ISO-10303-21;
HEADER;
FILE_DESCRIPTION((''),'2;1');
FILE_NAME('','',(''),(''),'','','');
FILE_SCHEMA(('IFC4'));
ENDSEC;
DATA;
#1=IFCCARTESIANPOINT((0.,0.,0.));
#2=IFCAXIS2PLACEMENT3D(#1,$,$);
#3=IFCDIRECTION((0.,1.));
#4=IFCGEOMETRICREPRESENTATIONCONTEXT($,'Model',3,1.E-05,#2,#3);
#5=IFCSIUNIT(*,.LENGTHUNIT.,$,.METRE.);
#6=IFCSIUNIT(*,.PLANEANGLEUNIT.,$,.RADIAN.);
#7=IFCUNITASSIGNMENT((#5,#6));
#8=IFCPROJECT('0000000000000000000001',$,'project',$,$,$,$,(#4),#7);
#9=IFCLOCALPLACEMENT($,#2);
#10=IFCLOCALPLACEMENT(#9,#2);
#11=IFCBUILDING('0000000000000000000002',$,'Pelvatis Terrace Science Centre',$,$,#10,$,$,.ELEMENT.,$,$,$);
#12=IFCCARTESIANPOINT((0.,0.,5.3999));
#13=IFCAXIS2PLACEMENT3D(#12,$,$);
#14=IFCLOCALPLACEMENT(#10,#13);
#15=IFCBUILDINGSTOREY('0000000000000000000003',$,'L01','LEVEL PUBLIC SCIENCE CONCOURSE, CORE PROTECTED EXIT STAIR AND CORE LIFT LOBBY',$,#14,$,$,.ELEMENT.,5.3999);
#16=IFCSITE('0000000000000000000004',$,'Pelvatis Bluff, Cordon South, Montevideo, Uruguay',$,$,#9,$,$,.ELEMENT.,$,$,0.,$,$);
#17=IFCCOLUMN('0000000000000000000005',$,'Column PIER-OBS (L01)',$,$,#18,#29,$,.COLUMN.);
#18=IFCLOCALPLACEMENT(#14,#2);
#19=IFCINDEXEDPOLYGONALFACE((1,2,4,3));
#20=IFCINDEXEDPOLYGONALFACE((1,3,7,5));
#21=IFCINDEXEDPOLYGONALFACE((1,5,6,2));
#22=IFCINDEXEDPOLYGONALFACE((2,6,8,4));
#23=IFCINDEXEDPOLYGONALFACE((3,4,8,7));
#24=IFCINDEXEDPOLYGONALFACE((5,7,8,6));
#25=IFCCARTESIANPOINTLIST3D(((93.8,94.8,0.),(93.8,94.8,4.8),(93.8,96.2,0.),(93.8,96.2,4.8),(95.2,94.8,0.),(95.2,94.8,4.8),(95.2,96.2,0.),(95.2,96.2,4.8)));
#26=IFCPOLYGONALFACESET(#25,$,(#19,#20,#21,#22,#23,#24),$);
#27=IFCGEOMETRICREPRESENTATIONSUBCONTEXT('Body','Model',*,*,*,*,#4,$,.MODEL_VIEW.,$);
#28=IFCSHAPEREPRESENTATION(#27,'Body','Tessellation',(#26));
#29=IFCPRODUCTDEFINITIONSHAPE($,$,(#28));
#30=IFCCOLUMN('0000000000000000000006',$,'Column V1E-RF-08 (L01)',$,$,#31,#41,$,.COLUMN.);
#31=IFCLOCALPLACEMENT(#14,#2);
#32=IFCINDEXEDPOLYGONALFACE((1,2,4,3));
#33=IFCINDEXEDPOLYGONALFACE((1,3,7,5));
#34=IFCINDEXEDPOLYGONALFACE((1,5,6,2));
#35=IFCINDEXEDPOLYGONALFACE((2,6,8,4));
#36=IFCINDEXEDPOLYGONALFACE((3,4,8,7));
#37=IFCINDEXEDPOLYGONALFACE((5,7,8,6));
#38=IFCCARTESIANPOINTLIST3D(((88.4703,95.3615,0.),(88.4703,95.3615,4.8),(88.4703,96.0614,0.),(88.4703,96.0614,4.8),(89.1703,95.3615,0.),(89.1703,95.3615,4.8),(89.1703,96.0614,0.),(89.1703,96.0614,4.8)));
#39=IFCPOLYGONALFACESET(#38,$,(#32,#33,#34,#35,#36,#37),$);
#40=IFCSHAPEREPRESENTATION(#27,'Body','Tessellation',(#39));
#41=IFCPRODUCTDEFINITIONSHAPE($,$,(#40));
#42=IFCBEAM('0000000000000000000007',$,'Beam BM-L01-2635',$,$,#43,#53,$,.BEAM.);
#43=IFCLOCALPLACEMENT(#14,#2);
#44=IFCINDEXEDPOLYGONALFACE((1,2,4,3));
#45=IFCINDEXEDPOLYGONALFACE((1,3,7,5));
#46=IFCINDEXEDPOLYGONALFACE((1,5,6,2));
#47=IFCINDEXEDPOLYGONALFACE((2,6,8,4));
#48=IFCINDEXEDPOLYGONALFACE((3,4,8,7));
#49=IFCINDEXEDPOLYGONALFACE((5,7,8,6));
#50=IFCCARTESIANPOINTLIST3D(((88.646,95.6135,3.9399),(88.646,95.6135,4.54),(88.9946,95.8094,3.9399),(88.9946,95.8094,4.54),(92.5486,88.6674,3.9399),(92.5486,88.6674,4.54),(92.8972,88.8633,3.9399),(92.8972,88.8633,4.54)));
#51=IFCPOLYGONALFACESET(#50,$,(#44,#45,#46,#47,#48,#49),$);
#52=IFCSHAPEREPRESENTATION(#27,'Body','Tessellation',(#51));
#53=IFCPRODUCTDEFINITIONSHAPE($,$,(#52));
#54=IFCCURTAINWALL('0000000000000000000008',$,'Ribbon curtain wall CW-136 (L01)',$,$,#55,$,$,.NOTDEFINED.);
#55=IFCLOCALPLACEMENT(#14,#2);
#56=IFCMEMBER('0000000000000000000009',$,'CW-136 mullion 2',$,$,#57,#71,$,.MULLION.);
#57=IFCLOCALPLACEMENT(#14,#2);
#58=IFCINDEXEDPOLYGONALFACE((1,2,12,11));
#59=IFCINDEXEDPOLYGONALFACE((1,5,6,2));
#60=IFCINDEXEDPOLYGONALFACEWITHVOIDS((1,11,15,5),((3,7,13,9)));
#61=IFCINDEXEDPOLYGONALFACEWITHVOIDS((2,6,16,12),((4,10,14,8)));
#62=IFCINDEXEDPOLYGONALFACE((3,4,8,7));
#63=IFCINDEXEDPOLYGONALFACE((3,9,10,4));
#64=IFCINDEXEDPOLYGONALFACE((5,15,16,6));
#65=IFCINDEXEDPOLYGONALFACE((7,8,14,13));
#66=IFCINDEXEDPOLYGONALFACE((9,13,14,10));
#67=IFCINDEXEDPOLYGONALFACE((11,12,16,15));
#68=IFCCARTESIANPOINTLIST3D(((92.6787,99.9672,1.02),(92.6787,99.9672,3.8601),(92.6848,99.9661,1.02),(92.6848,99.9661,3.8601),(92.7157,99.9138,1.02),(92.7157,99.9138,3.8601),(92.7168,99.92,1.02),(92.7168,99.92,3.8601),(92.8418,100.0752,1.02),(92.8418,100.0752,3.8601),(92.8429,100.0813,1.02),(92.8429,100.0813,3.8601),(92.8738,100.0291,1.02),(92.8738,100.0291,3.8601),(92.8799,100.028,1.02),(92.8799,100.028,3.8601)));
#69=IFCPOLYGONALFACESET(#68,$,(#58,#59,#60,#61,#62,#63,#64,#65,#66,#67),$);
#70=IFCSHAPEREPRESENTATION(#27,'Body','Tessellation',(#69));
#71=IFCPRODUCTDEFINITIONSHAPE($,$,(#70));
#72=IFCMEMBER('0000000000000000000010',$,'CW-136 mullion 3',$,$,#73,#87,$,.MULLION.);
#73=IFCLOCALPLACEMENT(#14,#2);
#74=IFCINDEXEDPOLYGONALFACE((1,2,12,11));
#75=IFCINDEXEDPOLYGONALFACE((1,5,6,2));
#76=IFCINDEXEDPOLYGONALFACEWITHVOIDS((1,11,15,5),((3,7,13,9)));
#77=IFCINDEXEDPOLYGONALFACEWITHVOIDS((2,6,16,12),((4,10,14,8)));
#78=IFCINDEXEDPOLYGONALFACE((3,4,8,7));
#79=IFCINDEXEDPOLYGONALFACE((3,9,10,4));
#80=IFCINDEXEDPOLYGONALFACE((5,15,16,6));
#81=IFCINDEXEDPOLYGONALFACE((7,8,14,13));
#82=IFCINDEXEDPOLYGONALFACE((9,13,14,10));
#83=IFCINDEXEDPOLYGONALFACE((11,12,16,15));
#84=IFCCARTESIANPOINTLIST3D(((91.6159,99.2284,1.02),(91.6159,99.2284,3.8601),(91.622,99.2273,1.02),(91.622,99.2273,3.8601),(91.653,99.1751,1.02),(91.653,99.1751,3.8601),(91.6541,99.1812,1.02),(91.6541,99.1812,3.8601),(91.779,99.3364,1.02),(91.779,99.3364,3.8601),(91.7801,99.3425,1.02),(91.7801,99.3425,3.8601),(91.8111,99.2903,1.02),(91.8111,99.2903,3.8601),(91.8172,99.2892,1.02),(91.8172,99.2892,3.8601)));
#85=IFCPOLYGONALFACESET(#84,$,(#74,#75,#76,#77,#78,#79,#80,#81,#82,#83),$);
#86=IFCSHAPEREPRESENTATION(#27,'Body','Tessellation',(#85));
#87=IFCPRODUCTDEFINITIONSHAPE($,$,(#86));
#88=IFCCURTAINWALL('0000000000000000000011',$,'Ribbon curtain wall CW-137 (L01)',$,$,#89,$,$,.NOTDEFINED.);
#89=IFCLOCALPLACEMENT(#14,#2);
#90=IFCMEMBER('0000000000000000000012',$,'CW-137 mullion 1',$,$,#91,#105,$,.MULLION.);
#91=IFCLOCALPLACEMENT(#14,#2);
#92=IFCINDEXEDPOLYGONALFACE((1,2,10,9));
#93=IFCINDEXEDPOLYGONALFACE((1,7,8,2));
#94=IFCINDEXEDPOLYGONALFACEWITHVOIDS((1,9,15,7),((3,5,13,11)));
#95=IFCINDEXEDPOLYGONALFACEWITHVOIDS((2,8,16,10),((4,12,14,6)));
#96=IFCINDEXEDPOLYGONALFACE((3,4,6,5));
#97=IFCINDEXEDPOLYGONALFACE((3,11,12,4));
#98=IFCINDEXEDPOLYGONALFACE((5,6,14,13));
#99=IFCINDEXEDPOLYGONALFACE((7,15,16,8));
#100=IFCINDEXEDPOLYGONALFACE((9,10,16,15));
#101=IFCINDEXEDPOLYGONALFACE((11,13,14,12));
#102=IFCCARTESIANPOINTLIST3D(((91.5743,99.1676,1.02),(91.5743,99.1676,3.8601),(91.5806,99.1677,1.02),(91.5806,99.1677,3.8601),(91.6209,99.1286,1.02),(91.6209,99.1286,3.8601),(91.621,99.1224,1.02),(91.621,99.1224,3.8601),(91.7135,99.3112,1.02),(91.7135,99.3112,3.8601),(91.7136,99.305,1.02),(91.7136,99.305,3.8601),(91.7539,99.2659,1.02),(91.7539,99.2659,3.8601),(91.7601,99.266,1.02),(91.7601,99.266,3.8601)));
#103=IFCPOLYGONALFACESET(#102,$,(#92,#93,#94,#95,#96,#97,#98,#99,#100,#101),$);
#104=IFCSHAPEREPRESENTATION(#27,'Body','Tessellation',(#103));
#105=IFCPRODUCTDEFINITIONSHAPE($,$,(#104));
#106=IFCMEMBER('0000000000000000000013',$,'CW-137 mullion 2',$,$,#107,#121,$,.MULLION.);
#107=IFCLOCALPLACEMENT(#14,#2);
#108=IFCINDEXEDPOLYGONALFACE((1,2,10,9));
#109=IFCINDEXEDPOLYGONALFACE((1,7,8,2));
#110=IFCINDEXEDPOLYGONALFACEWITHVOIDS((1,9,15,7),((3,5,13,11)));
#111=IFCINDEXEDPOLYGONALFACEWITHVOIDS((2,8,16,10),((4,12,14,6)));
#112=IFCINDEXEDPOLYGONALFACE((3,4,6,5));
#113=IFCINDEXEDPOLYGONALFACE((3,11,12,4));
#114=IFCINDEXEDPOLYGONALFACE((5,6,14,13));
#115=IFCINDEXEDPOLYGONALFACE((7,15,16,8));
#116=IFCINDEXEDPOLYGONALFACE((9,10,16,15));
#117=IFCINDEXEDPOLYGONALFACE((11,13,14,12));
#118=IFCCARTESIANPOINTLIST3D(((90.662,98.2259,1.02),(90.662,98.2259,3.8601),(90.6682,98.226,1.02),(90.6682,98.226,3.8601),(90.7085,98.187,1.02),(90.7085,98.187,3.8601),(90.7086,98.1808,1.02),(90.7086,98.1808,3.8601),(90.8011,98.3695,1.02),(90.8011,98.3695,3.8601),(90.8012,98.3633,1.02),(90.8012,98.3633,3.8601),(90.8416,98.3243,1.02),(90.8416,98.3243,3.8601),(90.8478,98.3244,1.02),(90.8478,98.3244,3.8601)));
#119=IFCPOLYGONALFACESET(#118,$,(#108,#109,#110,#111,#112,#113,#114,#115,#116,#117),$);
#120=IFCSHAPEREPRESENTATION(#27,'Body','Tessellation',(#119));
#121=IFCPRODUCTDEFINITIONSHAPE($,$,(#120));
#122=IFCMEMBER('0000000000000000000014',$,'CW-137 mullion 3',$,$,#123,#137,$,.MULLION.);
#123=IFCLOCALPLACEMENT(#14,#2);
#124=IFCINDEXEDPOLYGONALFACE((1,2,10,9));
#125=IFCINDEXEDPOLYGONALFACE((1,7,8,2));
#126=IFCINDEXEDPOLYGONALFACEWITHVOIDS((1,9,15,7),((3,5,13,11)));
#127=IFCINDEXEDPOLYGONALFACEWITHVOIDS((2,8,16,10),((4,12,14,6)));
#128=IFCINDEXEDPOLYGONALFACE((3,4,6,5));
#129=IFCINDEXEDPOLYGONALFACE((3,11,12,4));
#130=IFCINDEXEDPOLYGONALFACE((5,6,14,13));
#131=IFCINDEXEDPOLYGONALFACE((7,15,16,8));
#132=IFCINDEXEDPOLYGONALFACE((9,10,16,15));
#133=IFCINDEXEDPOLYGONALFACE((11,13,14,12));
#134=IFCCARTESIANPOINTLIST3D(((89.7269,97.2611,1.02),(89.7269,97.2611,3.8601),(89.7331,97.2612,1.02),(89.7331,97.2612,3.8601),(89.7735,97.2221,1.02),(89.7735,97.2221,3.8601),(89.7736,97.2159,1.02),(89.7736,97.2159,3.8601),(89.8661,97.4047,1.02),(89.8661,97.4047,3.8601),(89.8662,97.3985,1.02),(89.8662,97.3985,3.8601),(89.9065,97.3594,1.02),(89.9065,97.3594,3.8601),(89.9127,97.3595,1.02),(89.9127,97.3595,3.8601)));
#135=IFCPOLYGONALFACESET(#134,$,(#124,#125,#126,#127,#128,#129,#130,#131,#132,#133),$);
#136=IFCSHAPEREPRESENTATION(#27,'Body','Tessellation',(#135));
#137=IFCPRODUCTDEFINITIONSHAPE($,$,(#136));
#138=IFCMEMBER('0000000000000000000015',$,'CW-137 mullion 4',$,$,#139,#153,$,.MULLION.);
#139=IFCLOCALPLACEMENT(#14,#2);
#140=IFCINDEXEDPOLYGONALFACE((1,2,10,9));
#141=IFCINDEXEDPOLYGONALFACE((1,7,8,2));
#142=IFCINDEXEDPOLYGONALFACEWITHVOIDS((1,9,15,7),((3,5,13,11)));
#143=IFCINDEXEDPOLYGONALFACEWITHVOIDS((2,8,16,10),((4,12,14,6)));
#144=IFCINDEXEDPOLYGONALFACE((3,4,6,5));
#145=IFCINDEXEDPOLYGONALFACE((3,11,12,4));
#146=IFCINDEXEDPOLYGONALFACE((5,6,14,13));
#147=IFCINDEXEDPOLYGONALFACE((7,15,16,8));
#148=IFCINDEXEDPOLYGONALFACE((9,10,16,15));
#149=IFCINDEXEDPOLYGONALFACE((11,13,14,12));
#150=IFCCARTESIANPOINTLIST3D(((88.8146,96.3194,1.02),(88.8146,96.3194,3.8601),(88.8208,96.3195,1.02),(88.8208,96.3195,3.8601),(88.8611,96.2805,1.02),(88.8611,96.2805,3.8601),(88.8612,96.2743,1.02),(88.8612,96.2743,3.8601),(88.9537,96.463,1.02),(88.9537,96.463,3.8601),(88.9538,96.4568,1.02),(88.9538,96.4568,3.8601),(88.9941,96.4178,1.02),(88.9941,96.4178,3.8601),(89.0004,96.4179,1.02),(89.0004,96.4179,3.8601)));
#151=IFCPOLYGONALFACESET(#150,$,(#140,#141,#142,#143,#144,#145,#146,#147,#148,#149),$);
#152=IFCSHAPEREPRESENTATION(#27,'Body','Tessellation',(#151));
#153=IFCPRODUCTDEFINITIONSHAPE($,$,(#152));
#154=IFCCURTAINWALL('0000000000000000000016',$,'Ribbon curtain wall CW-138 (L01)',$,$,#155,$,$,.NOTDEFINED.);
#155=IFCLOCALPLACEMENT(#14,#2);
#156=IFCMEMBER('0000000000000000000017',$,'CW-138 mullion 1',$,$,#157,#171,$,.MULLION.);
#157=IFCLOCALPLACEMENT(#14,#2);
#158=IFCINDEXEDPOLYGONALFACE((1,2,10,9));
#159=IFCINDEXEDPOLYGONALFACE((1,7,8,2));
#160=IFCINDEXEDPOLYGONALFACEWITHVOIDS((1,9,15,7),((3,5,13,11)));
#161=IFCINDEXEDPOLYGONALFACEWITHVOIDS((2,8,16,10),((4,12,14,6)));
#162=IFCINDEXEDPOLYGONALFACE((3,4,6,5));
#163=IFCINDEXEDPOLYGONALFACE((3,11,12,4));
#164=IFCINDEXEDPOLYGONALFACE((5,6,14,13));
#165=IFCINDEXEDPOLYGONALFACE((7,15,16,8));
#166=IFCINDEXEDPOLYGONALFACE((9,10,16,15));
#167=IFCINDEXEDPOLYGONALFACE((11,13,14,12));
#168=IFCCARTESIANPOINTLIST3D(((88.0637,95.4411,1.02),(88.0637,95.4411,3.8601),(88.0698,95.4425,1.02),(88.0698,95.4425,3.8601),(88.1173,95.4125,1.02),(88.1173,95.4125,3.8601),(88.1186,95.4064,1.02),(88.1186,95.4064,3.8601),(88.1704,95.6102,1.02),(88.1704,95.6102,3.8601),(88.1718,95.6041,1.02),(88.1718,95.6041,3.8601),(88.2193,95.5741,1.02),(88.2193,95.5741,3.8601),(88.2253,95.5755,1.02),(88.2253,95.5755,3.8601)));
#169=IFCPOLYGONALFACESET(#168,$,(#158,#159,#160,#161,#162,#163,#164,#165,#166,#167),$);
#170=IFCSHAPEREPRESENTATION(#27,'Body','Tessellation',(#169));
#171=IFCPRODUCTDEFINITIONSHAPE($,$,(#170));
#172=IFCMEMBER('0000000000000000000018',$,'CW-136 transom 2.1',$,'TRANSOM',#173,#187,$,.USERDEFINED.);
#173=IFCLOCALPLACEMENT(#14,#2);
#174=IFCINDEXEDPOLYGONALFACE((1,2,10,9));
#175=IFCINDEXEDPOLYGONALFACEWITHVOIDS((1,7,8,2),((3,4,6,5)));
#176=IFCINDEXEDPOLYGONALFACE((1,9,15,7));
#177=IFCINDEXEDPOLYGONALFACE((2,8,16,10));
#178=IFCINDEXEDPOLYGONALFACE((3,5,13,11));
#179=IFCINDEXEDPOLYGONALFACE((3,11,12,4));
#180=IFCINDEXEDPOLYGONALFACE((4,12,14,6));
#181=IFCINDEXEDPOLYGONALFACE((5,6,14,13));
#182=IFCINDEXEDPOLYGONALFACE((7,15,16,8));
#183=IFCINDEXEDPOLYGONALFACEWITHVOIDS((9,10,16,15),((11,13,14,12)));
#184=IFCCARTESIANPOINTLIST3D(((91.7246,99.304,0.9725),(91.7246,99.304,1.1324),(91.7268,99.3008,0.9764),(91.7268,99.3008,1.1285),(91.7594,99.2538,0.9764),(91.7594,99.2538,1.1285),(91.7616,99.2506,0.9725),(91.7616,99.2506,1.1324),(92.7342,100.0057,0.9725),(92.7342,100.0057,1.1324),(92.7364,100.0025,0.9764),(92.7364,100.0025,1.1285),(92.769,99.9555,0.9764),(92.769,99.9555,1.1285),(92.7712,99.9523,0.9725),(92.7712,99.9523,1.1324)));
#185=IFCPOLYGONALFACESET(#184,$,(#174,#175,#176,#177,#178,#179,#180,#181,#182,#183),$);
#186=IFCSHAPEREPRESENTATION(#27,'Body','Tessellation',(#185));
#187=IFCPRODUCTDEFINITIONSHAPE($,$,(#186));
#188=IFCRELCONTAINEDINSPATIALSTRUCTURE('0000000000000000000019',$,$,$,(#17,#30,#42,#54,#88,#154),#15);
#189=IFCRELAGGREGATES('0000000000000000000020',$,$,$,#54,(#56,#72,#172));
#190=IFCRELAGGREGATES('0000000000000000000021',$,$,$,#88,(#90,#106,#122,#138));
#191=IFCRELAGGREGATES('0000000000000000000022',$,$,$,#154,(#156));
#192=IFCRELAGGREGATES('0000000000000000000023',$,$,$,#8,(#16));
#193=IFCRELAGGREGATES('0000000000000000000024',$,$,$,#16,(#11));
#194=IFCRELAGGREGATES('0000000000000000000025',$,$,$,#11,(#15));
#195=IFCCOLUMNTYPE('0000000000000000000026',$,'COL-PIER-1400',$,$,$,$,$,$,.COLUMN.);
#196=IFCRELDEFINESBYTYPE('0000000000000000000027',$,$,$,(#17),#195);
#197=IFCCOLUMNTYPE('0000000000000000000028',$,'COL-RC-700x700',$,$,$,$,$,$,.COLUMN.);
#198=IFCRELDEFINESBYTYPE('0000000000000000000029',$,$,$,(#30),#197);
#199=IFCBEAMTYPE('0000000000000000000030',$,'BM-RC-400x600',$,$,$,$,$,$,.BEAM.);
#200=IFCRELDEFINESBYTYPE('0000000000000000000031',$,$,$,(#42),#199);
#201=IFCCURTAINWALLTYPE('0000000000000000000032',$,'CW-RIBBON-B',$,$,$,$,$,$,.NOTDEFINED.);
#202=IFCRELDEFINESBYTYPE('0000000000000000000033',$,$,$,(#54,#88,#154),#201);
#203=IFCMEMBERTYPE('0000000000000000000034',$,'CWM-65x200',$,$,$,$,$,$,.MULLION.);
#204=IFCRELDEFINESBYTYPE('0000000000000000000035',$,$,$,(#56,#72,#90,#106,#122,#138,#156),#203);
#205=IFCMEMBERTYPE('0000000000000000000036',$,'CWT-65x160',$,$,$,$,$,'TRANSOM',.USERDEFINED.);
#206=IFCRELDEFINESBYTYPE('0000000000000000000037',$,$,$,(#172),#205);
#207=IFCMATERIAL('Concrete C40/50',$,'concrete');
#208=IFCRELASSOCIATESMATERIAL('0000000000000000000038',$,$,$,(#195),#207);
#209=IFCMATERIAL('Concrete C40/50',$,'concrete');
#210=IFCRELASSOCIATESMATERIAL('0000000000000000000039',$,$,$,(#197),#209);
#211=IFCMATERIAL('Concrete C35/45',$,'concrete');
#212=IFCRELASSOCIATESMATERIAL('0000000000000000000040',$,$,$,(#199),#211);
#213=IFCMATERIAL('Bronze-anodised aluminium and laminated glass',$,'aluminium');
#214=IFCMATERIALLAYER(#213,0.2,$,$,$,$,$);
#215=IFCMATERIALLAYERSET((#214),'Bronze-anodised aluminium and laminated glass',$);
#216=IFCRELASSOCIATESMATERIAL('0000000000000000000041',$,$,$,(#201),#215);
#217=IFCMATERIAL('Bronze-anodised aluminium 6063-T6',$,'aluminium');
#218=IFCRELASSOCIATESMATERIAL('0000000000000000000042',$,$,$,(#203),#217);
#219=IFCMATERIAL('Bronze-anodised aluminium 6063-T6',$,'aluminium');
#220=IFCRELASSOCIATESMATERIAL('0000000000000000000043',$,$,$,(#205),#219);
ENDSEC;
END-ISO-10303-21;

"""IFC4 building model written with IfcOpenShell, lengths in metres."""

from ifc_helpers import new_model, si_unit, direction, frame, origin, origin_2d, place, context, subcontext, project, spatial, rectangle, hollow_rectangle, extrude, material, layer, layer_set, material_profile, profile_set, type_object, element, aggregate, save


model = new_model("IFC4")

# Units and contexts
model_context = context("Model", 3, precision=1e-05, world=origin(), true_north=direction((0.0, 1.0)))
body_context = subcontext(model_context, "Body", "Model", "MODEL_VIEW")
ifc_project = project(units=[si_unit("LENGTHUNIT", "METRE"), si_unit("PLANEANGLEUNIT", "RADIAN")], contexts=[model_context])

# Site, building, storey
site_placement = place(None, origin())
site = spatial("IfcSite", under=ifc_project, at=site_placement, Name="Pelvatis Bluff, Cordon South, Montevideo, Uruguay", CompositionType="ELEMENT", RefElevation=0.0)
building_placement = place(site_placement, origin())
building = spatial("IfcBuilding", under=site, at=building_placement, Name="Pelvatis Terrace Science Centre", CompositionType="ELEMENT")
storey_placement = place(building_placement, frame((0.0, 0.0, 5.3999)))
storey = spatial("IfcBuildingStorey", under=building, at=storey_placement, Name="L01", Description="LEVEL PUBLIC SCIENCE CONCOURSE, CORE PROTECTED EXIT STAIR AND CORE LIFT LOBBY", CompositionType="ELEMENT", Elevation=5.3999)

# Columns
ifc_material_1 = material(Name="Concrete C40/50", Category="concrete")
ifc_material_profile_1 = material_profile(ifc_material_1, rectangle(XDim=1.3999, YDim=1.3999, at=origin_2d()), Name="RC-COL 1400x1400")
ifc_profile_set_1 = profile_set([ifc_material_profile_1], Name="Concrete C40/50")
column_type_1 = type_object("IfcColumnType", Name="COL-PIER-1400", PredefinedType="COLUMN", material=ifc_profile_set_1)
column_1_placement = place(storey_placement, frame((94.5, 95.5, 0.0), z_axis=(0.0, 0.0, 1.0), x_axis=(1.0, 0.0, 0.0)))
element("IfcColumn", 1, at=column_1_placement, inside=storey, type_object=column_type_1, Name="Column PIER-OBS (L01)", PredefinedType="COLUMN", context=body_context, shape_type="SweptSolid", body=[
    extrude(rectangle(XDim=1.3999, YDim=1.3999, at=origin_2d()), origin(), (0.0, 0.0, 1.0), 4.8),
])
ifc_material_2 = material(Name="Concrete C40/50", Category="concrete")
ifc_material_profile_2 = material_profile(ifc_material_2, rectangle(XDim=0.7, YDim=0.7, at=origin_2d()), Name="RC-COL 700x700")
ifc_profile_set_2 = profile_set([ifc_material_profile_2], Name="Concrete C40/50")
column_type_2 = type_object("IfcColumnType", Name="COL-RC-700x700", PredefinedType="COLUMN", material=ifc_profile_set_2)
column_2_placement = place(storey_placement, frame((88.8203, 95.7114, 0.0), z_axis=(0.0, 0.0, 1.0), x_axis=(1.0, 0.0, 0.0)))
element("IfcColumn", 2, at=column_2_placement, inside=storey, type_object=column_type_2, Name="Column V1E-RF-08 (L01)", PredefinedType="COLUMN", context=body_context, shape_type="SweptSolid", body=[
    extrude(rectangle(XDim=0.7, YDim=0.7, at=origin_2d()), origin(), (0.0, 0.0, 1.0), 4.8),
])

# Beam
ifc_material_3 = material(Name="Concrete C35/45", Category="concrete")
ifc_material_profile_3 = material_profile(ifc_material_3, rectangle(XDim=0.3999, YDim=0.6001, at=origin_2d()), Name="RC-BM 400x600")
ifc_profile_set_3 = profile_set([ifc_material_profile_3], Name="Concrete C35/45")
beam_type = type_object("IfcBeamType", Name="BM-RC-400x600", PredefinedType="BEAM", material=ifc_profile_set_3)
beam_placement = place(storey_placement, frame((88.8203, 95.7114, 4.24), z_axis=(0.489826, -0.87182, 0.0), x_axis=(0.87182, 0.489826, 0.0)))
element("IfcBeam", 3, at=beam_placement, inside=storey, type_object=beam_type, Name="Beam BM-L01-2635", PredefinedType="BEAM", context=body_context, shape_type="SweptSolid", body=[
    extrude(rectangle(XDim=0.3999, YDim=0.6001, at=origin_2d()), origin(), (0.0, 0.0, 1.0), 7.9673),
])

# Curtain walls, members
ifc_material_4 = material(Name="Bronze-anodised aluminium and laminated glass", Category="aluminium")
ifc_layer_1 = layer(ifc_material_4, 0.2)
ifc_layer_set_1 = layer_set([ifc_layer_1], Name="Bronze-anodised aluminium and laminated glass")
curtain_wall_type = type_object("IfcCurtainWallType", Name="CW-RIBBON-B", PredefinedType="NOTDEFINED", material=ifc_layer_set_1)
curtain_wall_1_placement = place(storey_placement, origin())
curtain_wall_1 = element("IfcCurtainWall", 4, at=curtain_wall_1_placement, inside=storey, type_object=curtain_wall_type, Name="Ribbon curtain wall CW-136 (L01)", PredefinedType="NOTDEFINED")
ifc_material_5 = material(Name="Bronze-anodised aluminium 6063-T6", Category="aluminium")
ifc_material_profile_4 = material_profile(ifc_material_5, hollow_rectangle(XDim=0.0649, YDim=0.2, WallThickness=0.0044, at=origin_2d()), Name="ALU-MUL 65x200")
ifc_profile_set_4 = profile_set([ifc_material_profile_4], Name="Bronze-anodised aluminium 6063-T6")
member_type_1 = type_object("IfcMemberType", Name="CWM-65x200", PredefinedType="MULLION", material=ifc_profile_set_4)
member_1_placement = place(storey_placement, frame((92.7793, 99.9976, 1.02), z_axis=(0.0, 0.0, 1.0), x_axis=(0.570753, -0.821122, 0.0)))
member_1 = element("IfcMember", 5, at=member_1_placement, type_object=member_type_1, Name="CW-136 mullion 2", PredefinedType="MULLION", context=body_context, shape_type="SweptSolid", body=[
    extrude(hollow_rectangle(XDim=0.0649, YDim=0.2, WallThickness=0.0044, at=origin_2d()), origin(), (0.0, 0.0, 1.0), 2.8401),
])
member_2_placement = place(storey_placement, frame((91.7166, 99.2588, 1.02), z_axis=(0.0, 0.0, 1.0), x_axis=(0.570753, -0.821122, 0.0)))
member_2 = element("IfcMember", 6, at=member_2_placement, type_object=member_type_1, Name="CW-136 mullion 3", PredefinedType="MULLION", context=body_context, shape_type="SweptSolid", body=[
    extrude(hollow_rectangle(XDim=0.0649, YDim=0.2, WallThickness=0.0044, at=origin_2d()), origin(), (0.0, 0.0, 1.0), 2.8401),
])
curtain_wall_2_placement = place(storey_placement, origin())
curtain_wall_2 = element("IfcCurtainWall", 7, at=curtain_wall_2_placement, inside=storey, type_object=curtain_wall_type, Name="Ribbon curtain wall CW-137 (L01)", PredefinedType="NOTDEFINED")
member_3_placement = place(storey_placement, frame((91.6672, 99.2168, 1.02), z_axis=(0.0, 0.0, 1.0), x_axis=(0.71817, -0.695868, 0.0)))
member_3 = element("IfcMember", 8, at=member_3_placement, type_object=member_type_1, Name="CW-137 mullion 1", PredefinedType="MULLION", context=body_context, shape_type="SweptSolid", body=[
    extrude(hollow_rectangle(XDim=0.0649, YDim=0.2, WallThickness=0.0044, at=origin_2d()), origin(), (0.0, 0.0, 1.0), 2.8401),
])
member_4_placement = place(storey_placement, frame((90.7549, 98.2751, 1.02), z_axis=(0.0, 0.0, 1.0), x_axis=(0.71817, -0.695868, 0.0)))
member_4 = element("IfcMember", 9, at=member_4_placement, type_object=member_type_1, Name="CW-137 mullion 2", PredefinedType="MULLION", context=body_context, shape_type="SweptSolid", body=[
    extrude(hollow_rectangle(XDim=0.0649, YDim=0.2, WallThickness=0.0044, at=origin_2d()), origin(), (0.0, 0.0, 1.0), 2.8401),
])
member_5_placement = place(storey_placement, frame((89.8198, 97.3103, 1.02), z_axis=(0.0, 0.0, 1.0), x_axis=(0.71817, -0.695868, 0.0)))
member_5 = element("IfcMember", 10, at=member_5_placement, type_object=member_type_1, Name="CW-137 mullion 3", PredefinedType="MULLION", context=body_context, shape_type="SweptSolid", body=[
    extrude(hollow_rectangle(XDim=0.0649, YDim=0.2, WallThickness=0.0044, at=origin_2d()), origin(), (0.0, 0.0, 1.0), 2.8401),
])
member_6_placement = place(storey_placement, frame((88.9075, 96.3687, 1.02), z_axis=(0.0, 0.0, 1.0), x_axis=(0.71817, -0.695868, 0.0)))
member_6 = element("IfcMember", 11, at=member_6_placement, type_object=member_type_1, Name="CW-137 mullion 4", PredefinedType="MULLION", context=body_context, shape_type="SweptSolid", body=[
    extrude(hollow_rectangle(XDim=0.0649, YDim=0.2, WallThickness=0.0044, at=origin_2d()), origin(), (0.0, 0.0, 1.0), 2.8401),
])

# Curtain wall, member
curtain_wall_3_placement = place(storey_placement, origin())
curtain_wall_3 = element("IfcCurtainWall", 12, at=curtain_wall_3_placement, inside=storey, type_object=curtain_wall_type, Name="Ribbon curtain wall CW-138 (L01)", PredefinedType="NOTDEFINED")
member_7_placement = place(storey_placement, frame((88.1445, 95.5083, 1.02), z_axis=(0.0, 0.0, 1.0), x_axis=(0.845683, -0.533685, 0.0)))
member_7 = element("IfcMember", 13, at=member_7_placement, type_object=member_type_1, Name="CW-138 mullion 1", PredefinedType="MULLION", context=body_context, shape_type="SweptSolid", body=[
    extrude(hollow_rectangle(XDim=0.0649, YDim=0.2, WallThickness=0.0044, at=origin_2d()), origin(), (0.0, 0.0, 1.0), 2.8401),
])

# Member
ifc_material_6 = material(Name="Bronze-anodised aluminium 6063-T6", Category="aluminium")
ifc_material_profile_5 = material_profile(ifc_material_6, hollow_rectangle(XDim=0.0649, YDim=0.1599, WallThickness=0.0039, at=origin_2d()), Name="ALU-TRN 65x160")
ifc_profile_set_5 = profile_set([ifc_material_profile_5], Name="Bronze-anodised aluminium 6063-T6")
member_type_2 = type_object("IfcMemberType", Name="CWT-65x160", ElementType="TRANSOM", PredefinedType="USERDEFINED", material=ifc_profile_set_5)
member_8_placement = place(storey_placement, frame((92.7527, 99.979, 1.0525), z_axis=(-0.82114, -0.570727, 0.0), x_axis=(0.570727, -0.82114, 0.0)))
member_8 = element("IfcMember", 14, at=member_8_placement, type_object=member_type_2, Name="CW-136 transom 2.1", ObjectType="TRANSOM", PredefinedType="USERDEFINED", context=body_context, shape_type="SweptSolid", body=[
    extrude(hollow_rectangle(XDim=0.0649, YDim=0.1599, WallThickness=0.0039, at=origin_2d()), origin(), (0.0, 0.0, 1.0), 1.2295),
])

aggregate(curtain_wall_1, [member_1, member_2, member_8])
aggregate(curtain_wall_2, [member_3, member_4, member_5, member_6])
aggregate(curtain_wall_3, [member_7])

save(model, "model.ifc")
